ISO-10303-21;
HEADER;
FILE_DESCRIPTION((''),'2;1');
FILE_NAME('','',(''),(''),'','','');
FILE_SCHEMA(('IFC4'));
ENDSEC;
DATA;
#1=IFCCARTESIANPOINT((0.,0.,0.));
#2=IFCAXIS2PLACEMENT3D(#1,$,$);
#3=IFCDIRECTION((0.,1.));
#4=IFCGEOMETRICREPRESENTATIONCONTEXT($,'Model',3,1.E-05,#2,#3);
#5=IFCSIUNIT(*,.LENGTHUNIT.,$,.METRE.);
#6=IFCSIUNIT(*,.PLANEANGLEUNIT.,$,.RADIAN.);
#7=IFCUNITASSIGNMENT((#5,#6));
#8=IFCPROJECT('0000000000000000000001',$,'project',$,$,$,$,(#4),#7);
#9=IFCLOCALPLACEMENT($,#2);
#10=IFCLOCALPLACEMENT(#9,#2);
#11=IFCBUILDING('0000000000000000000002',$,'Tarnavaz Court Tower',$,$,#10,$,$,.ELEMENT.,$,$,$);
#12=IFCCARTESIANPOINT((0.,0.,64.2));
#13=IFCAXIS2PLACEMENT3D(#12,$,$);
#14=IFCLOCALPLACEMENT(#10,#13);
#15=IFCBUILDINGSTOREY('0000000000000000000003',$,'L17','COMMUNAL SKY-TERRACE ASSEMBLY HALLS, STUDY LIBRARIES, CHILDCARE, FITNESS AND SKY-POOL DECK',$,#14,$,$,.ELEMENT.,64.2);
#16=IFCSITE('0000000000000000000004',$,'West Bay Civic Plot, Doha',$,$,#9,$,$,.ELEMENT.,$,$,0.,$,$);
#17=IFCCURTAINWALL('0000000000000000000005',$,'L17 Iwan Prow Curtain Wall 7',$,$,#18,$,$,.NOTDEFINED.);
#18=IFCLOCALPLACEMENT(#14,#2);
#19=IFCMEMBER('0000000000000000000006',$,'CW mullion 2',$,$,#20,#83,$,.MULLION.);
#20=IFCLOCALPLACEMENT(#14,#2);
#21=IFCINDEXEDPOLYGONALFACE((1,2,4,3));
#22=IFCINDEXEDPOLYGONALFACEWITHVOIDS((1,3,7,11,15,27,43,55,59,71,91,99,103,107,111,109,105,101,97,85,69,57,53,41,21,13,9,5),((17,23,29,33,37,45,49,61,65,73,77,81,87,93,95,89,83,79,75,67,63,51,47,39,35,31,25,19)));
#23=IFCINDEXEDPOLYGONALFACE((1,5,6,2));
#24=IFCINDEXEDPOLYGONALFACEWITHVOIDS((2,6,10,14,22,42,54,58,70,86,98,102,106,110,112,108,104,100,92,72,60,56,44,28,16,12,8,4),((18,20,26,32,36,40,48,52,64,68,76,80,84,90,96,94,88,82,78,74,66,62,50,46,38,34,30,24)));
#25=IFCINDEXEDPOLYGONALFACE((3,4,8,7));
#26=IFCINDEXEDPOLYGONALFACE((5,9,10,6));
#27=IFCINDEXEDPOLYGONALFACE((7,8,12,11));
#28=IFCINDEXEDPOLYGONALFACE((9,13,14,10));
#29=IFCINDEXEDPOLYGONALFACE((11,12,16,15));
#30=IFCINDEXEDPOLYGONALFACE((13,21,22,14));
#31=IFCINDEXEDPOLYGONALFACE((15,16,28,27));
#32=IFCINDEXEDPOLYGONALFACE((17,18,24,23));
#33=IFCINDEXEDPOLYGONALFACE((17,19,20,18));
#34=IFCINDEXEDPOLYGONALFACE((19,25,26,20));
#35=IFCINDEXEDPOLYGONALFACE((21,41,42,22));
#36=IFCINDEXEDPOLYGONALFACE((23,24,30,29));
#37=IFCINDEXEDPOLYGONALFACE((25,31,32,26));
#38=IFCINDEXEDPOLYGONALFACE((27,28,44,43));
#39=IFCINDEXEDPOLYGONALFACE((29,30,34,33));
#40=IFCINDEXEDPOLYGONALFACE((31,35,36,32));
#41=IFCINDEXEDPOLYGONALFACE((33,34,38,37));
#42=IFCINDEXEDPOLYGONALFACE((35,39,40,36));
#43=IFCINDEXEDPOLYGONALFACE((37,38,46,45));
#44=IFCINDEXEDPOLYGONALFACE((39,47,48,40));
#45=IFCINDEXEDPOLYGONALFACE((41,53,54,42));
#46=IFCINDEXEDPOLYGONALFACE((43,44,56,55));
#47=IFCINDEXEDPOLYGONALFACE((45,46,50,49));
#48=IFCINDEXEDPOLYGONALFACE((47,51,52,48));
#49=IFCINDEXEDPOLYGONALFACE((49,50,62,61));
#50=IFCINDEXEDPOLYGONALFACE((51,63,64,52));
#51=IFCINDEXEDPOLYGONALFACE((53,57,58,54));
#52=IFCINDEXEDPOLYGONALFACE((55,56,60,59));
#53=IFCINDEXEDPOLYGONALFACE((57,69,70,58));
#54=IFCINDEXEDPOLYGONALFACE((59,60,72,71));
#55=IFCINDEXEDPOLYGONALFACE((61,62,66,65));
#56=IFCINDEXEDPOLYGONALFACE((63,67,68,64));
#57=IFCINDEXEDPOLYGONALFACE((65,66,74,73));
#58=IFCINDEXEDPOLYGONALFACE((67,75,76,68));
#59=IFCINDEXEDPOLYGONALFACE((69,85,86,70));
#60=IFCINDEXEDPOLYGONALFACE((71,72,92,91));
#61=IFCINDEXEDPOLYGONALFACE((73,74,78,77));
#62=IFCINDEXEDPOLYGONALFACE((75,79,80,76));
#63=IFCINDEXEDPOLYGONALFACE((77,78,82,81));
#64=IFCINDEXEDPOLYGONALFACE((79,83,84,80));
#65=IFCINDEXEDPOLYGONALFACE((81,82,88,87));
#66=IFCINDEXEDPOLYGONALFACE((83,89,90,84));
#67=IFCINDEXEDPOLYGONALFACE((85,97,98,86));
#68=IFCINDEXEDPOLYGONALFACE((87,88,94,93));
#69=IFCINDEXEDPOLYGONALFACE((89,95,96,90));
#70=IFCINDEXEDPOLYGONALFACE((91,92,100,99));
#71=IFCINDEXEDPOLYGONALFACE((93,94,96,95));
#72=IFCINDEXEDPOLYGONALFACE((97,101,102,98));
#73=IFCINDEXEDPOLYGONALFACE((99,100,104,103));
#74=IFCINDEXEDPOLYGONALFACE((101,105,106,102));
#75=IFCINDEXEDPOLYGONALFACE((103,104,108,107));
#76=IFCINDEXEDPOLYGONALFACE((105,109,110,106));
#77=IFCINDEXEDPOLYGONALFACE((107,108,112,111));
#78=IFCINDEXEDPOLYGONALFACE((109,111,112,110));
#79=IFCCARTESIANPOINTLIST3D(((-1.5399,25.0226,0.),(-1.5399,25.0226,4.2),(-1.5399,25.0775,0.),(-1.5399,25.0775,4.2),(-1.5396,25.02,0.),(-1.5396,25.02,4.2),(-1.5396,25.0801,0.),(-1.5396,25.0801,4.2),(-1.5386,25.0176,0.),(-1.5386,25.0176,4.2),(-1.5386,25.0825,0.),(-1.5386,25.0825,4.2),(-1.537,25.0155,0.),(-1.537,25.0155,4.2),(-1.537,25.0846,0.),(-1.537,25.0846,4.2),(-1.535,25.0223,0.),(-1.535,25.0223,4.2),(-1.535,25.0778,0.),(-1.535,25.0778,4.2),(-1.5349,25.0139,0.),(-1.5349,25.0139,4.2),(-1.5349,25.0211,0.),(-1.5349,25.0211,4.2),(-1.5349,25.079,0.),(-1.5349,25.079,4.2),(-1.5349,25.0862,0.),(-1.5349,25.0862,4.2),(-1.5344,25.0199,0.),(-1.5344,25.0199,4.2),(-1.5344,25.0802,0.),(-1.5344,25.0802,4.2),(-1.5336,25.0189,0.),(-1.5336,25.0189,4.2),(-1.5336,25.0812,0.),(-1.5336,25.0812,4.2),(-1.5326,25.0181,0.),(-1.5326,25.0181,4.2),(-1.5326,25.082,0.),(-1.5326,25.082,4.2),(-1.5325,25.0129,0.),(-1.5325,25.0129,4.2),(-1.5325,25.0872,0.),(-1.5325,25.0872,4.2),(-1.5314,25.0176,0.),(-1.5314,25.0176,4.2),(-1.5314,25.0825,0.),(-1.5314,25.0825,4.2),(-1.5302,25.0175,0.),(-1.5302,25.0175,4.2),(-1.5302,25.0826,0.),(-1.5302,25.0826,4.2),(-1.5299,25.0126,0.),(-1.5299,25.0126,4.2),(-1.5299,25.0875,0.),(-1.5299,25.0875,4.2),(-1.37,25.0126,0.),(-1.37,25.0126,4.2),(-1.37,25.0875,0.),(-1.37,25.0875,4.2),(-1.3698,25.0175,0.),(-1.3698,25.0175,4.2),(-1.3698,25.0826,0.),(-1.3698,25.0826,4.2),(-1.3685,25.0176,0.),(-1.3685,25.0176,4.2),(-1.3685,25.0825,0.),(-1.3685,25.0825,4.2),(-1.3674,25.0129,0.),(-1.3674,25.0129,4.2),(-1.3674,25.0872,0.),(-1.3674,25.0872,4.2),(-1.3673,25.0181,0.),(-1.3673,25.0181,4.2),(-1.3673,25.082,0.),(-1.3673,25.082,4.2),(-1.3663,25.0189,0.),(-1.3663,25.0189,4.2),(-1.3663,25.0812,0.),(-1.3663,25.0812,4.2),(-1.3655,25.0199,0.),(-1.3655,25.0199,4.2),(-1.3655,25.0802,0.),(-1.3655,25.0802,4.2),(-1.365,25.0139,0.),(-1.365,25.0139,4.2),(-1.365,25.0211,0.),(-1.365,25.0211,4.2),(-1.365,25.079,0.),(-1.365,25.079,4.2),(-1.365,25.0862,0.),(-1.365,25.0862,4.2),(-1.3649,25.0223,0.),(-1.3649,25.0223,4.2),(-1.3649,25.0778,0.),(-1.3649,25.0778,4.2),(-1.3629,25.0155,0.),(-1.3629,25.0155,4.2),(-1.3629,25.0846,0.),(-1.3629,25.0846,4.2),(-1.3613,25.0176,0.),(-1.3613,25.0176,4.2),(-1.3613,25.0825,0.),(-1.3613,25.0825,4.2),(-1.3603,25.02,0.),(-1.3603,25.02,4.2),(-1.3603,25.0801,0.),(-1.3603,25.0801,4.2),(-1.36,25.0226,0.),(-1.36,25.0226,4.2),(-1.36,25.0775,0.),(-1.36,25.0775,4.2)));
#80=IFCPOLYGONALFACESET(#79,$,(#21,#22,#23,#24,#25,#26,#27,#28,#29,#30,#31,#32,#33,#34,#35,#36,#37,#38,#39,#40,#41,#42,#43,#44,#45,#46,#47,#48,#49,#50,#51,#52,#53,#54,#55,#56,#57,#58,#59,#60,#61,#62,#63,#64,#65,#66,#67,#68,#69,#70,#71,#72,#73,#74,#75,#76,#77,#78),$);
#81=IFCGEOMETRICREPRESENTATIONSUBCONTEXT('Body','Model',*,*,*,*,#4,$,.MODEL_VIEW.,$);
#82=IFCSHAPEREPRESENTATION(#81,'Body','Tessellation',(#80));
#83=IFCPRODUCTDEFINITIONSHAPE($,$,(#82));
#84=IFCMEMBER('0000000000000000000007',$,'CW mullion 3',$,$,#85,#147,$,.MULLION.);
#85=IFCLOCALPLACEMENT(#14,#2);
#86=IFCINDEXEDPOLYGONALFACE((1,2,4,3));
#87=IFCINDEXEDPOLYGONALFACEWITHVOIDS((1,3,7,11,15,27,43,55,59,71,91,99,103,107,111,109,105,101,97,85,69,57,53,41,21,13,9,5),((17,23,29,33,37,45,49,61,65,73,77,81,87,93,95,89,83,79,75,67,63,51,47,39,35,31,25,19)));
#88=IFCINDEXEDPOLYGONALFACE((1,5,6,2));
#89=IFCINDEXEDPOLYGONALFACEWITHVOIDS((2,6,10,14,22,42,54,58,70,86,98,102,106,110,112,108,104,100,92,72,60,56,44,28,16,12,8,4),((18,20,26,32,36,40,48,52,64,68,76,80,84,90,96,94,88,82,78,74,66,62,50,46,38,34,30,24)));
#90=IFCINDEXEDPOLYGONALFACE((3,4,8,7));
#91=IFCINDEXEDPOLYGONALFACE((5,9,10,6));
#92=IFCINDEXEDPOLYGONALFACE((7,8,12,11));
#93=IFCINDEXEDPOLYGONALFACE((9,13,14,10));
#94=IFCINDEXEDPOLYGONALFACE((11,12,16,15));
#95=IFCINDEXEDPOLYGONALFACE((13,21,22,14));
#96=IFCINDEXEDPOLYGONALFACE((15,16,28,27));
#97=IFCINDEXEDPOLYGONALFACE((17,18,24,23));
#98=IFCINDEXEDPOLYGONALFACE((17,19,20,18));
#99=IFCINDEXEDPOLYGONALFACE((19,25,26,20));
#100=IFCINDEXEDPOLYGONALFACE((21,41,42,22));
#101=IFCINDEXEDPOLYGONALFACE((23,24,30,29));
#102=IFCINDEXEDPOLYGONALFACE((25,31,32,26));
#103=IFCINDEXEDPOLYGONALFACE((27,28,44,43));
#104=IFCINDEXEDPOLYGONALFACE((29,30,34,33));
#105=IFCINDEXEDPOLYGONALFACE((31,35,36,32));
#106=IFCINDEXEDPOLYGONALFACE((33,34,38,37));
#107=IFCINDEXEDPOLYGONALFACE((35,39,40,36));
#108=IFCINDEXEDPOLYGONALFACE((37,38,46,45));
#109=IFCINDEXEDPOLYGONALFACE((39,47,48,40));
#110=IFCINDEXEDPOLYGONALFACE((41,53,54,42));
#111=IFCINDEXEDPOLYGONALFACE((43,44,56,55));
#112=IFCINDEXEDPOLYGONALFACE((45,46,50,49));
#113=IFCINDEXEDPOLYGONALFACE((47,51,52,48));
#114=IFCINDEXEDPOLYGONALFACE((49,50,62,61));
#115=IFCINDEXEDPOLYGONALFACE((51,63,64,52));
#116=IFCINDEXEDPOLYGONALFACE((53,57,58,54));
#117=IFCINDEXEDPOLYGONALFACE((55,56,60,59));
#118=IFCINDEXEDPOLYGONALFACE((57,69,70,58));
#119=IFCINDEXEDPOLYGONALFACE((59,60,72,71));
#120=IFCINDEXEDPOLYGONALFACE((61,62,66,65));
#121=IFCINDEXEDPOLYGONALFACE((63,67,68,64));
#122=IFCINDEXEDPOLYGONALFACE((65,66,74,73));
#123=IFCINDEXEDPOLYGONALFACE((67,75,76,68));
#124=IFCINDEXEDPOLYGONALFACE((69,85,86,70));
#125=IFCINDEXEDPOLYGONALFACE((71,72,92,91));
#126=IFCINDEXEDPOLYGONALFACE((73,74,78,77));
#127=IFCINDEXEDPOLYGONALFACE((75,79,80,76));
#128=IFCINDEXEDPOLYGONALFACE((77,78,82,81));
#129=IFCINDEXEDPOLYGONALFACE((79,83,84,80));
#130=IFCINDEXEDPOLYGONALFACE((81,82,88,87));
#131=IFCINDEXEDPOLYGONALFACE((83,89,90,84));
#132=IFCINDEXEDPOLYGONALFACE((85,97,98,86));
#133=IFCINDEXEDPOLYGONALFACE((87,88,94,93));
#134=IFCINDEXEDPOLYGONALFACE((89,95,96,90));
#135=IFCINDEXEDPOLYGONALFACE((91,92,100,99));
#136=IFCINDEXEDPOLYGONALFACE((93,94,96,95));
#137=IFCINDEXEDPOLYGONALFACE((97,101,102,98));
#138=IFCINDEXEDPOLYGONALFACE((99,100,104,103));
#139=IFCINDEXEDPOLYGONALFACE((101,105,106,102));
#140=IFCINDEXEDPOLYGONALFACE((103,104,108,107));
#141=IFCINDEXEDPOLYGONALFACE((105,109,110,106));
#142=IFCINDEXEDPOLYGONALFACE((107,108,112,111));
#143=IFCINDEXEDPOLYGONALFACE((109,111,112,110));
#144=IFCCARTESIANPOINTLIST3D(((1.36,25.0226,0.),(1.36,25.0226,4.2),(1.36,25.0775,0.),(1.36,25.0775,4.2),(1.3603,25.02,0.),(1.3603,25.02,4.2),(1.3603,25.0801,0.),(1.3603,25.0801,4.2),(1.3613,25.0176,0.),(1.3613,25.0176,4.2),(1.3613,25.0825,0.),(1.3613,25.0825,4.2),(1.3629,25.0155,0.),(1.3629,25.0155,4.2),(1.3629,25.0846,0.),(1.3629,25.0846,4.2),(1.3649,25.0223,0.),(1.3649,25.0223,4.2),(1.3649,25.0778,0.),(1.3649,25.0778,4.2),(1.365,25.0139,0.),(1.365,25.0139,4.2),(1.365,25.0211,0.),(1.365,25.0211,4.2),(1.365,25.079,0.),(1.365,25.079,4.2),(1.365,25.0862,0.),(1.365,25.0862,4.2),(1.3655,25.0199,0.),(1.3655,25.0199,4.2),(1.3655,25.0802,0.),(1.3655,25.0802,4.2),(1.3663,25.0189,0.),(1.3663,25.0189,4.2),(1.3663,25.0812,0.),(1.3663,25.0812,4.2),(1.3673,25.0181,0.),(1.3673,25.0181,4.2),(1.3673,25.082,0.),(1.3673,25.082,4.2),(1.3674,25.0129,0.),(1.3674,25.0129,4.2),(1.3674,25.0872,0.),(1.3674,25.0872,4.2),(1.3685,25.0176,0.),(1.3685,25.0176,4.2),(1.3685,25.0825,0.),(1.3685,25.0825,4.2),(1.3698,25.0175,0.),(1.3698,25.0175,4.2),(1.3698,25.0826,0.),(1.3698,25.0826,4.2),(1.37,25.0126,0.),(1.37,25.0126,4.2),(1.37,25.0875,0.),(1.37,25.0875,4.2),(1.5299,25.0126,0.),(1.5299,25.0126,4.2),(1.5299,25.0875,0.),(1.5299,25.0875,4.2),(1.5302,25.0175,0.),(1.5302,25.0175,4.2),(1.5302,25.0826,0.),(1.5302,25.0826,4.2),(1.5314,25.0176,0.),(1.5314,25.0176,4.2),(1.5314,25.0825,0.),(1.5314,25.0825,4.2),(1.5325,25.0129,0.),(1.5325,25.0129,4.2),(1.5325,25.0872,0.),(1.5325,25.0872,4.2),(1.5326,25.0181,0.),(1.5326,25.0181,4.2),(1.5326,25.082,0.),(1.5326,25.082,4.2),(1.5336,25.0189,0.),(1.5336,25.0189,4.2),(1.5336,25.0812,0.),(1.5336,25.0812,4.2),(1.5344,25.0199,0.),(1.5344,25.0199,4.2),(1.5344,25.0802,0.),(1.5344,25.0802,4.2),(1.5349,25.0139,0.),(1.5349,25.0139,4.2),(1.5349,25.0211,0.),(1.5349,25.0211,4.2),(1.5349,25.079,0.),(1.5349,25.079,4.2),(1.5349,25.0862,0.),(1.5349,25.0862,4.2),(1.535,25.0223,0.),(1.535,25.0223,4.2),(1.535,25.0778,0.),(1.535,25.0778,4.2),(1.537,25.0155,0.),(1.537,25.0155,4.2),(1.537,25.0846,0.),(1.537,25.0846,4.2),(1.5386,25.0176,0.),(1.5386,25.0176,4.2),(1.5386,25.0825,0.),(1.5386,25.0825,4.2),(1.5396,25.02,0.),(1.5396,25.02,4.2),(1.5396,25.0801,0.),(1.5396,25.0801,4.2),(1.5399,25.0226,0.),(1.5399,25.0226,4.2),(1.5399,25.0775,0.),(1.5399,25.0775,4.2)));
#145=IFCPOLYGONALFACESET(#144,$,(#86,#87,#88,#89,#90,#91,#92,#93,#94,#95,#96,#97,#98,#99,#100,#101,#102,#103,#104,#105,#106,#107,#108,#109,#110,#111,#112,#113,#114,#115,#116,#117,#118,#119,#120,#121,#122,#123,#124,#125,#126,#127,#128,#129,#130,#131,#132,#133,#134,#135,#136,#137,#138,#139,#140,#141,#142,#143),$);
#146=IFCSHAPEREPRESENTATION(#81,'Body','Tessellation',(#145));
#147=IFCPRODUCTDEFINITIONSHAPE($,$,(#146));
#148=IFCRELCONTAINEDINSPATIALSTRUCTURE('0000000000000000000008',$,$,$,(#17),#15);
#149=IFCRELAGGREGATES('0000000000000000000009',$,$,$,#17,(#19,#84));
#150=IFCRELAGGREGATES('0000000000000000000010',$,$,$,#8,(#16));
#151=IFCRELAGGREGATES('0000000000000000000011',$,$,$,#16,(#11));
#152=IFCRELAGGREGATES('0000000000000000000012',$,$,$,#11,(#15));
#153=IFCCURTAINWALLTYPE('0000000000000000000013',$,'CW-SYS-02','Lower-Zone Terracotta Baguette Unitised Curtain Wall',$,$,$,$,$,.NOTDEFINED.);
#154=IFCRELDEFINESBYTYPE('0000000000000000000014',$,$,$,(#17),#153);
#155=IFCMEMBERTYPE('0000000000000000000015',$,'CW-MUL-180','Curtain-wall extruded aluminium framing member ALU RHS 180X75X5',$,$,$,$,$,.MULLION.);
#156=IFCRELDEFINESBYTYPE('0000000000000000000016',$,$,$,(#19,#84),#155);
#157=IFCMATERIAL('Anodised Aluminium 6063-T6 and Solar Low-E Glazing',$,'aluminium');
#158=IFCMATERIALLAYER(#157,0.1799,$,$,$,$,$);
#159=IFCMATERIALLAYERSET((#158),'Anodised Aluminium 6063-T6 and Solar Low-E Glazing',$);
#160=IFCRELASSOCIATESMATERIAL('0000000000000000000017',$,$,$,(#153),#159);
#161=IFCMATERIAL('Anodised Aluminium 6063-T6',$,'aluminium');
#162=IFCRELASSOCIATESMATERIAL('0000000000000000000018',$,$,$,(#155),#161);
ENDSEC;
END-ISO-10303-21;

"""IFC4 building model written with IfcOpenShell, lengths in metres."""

from ifc_helpers import new_model, si_unit, direction, frame, origin, origin_2d, place, context, subcontext, project, spatial, hollow_rectangle, extrude, material, layer, layer_set, material_profile, profile_set, type_object, element, aggregate, save


model = new_model("IFC4")

# Units and contexts
model_context = context("Model", 3, precision=1e-05, world=origin(), true_north=direction((0.0, 1.0)))
body_context = subcontext(model_context, "Body", "Model", "MODEL_VIEW")
ifc_project = project(units=[si_unit("LENGTHUNIT", "METRE"), si_unit("PLANEANGLEUNIT", "RADIAN")], contexts=[model_context])

# Site, building, storey
site_placement = place(None, origin())
site = spatial("IfcSite", under=ifc_project, at=site_placement, Name="West Bay Civic Plot, Doha", CompositionType="ELEMENT", RefElevation=0.0)
building_placement = place(site_placement, origin())
building = spatial("IfcBuilding", under=site, at=building_placement, Name="Tarnavaz Court Tower", CompositionType="ELEMENT")
storey_placement = place(building_placement, frame((0.0, 0.0, 64.2)))
storey = spatial("IfcBuildingStorey", under=building, at=storey_placement, Name="L17", Description="COMMUNAL SKY-TERRACE ASSEMBLY HALLS, STUDY LIBRARIES, CHILDCARE, FITNESS AND SKY-POOL DECK", CompositionType="ELEMENT", Elevation=64.2)

# Curtain wall, members
ifc_material_1 = material(Name="Anodised Aluminium 6063-T6 and Solar Low-E Glazing", Category="aluminium")
ifc_layer_1 = layer(ifc_material_1, 0.1799)
ifc_layer_set_1 = layer_set([ifc_layer_1], Name="Anodised Aluminium 6063-T6 and Solar Low-E Glazing")
curtain_wall_type = type_object("IfcCurtainWallType", Name="CW-SYS-02", Description="Lower-Zone Terracotta Baguette Unitised Curtain Wall", PredefinedType="NOTDEFINED", material=ifc_layer_set_1)
curtain_wall_placement = place(storey_placement, origin())
curtain_wall = element("IfcCurtainWall", 1, at=curtain_wall_placement, inside=storey, type_object=curtain_wall_type, Name="L17 Iwan Prow Curtain Wall 7", PredefinedType="NOTDEFINED")
ifc_material_2 = material(Name="Anodised Aluminium 6063-T6", Category="aluminium")
ifc_material_profile_1 = material_profile(ifc_material_2, hollow_rectangle(XDim=0.075, YDim=0.1799, WallThickness=0.0049, InnerFilletRadius=0.0049, OuterFilletRadius=0.01, at=origin_2d()), Name="ALU RHS 180X75X5")
ifc_profile_set_1 = profile_set([ifc_material_profile_1], Name="Anodised Aluminium 6063-T6")
member_type_1 = type_object("IfcMemberType", Name="CW-MUL-180", Description="Curtain-wall extruded aluminium framing member ALU RHS 180X75X5", PredefinedType="MULLION", material=ifc_profile_set_1)
member_1_placement = place(storey_placement, frame((-1.45, 25.05, 0.0), z_axis=(0.0, 0.0, 1.0), x_axis=(0.0, 1.0, 0.0)))
member_1 = element("IfcMember", 2, at=member_1_placement, type_object=member_type_1, Name="CW mullion 2", PredefinedType="MULLION", context=body_context, shape_type="SweptSolid", body=[
    extrude(hollow_rectangle(XDim=0.075, YDim=0.1799, WallThickness=0.0049, InnerFilletRadius=0.0049, OuterFilletRadius=0.01, at=origin_2d()), origin(), (0.0, 0.0, 1.0), 4.2),
])
member_2_placement = place(storey_placement, frame((1.45, 25.05, 0.0), z_axis=(0.0, 0.0, 1.0), x_axis=(0.0, 1.0, 0.0)))
member_2 = element("IfcMember", 3, at=member_2_placement, type_object=member_type_1, Name="CW mullion 3", PredefinedType="MULLION", context=body_context, shape_type="SweptSolid", body=[
    extrude(hollow_rectangle(XDim=0.075, YDim=0.1799, WallThickness=0.0049, InnerFilletRadius=0.0049, OuterFilletRadius=0.01, at=origin_2d()), origin(), (0.0, 0.0, 1.0), 4.2),
])
aggregate(curtain_wall, [member_1, member_2])

save(model, "model.ifc")
